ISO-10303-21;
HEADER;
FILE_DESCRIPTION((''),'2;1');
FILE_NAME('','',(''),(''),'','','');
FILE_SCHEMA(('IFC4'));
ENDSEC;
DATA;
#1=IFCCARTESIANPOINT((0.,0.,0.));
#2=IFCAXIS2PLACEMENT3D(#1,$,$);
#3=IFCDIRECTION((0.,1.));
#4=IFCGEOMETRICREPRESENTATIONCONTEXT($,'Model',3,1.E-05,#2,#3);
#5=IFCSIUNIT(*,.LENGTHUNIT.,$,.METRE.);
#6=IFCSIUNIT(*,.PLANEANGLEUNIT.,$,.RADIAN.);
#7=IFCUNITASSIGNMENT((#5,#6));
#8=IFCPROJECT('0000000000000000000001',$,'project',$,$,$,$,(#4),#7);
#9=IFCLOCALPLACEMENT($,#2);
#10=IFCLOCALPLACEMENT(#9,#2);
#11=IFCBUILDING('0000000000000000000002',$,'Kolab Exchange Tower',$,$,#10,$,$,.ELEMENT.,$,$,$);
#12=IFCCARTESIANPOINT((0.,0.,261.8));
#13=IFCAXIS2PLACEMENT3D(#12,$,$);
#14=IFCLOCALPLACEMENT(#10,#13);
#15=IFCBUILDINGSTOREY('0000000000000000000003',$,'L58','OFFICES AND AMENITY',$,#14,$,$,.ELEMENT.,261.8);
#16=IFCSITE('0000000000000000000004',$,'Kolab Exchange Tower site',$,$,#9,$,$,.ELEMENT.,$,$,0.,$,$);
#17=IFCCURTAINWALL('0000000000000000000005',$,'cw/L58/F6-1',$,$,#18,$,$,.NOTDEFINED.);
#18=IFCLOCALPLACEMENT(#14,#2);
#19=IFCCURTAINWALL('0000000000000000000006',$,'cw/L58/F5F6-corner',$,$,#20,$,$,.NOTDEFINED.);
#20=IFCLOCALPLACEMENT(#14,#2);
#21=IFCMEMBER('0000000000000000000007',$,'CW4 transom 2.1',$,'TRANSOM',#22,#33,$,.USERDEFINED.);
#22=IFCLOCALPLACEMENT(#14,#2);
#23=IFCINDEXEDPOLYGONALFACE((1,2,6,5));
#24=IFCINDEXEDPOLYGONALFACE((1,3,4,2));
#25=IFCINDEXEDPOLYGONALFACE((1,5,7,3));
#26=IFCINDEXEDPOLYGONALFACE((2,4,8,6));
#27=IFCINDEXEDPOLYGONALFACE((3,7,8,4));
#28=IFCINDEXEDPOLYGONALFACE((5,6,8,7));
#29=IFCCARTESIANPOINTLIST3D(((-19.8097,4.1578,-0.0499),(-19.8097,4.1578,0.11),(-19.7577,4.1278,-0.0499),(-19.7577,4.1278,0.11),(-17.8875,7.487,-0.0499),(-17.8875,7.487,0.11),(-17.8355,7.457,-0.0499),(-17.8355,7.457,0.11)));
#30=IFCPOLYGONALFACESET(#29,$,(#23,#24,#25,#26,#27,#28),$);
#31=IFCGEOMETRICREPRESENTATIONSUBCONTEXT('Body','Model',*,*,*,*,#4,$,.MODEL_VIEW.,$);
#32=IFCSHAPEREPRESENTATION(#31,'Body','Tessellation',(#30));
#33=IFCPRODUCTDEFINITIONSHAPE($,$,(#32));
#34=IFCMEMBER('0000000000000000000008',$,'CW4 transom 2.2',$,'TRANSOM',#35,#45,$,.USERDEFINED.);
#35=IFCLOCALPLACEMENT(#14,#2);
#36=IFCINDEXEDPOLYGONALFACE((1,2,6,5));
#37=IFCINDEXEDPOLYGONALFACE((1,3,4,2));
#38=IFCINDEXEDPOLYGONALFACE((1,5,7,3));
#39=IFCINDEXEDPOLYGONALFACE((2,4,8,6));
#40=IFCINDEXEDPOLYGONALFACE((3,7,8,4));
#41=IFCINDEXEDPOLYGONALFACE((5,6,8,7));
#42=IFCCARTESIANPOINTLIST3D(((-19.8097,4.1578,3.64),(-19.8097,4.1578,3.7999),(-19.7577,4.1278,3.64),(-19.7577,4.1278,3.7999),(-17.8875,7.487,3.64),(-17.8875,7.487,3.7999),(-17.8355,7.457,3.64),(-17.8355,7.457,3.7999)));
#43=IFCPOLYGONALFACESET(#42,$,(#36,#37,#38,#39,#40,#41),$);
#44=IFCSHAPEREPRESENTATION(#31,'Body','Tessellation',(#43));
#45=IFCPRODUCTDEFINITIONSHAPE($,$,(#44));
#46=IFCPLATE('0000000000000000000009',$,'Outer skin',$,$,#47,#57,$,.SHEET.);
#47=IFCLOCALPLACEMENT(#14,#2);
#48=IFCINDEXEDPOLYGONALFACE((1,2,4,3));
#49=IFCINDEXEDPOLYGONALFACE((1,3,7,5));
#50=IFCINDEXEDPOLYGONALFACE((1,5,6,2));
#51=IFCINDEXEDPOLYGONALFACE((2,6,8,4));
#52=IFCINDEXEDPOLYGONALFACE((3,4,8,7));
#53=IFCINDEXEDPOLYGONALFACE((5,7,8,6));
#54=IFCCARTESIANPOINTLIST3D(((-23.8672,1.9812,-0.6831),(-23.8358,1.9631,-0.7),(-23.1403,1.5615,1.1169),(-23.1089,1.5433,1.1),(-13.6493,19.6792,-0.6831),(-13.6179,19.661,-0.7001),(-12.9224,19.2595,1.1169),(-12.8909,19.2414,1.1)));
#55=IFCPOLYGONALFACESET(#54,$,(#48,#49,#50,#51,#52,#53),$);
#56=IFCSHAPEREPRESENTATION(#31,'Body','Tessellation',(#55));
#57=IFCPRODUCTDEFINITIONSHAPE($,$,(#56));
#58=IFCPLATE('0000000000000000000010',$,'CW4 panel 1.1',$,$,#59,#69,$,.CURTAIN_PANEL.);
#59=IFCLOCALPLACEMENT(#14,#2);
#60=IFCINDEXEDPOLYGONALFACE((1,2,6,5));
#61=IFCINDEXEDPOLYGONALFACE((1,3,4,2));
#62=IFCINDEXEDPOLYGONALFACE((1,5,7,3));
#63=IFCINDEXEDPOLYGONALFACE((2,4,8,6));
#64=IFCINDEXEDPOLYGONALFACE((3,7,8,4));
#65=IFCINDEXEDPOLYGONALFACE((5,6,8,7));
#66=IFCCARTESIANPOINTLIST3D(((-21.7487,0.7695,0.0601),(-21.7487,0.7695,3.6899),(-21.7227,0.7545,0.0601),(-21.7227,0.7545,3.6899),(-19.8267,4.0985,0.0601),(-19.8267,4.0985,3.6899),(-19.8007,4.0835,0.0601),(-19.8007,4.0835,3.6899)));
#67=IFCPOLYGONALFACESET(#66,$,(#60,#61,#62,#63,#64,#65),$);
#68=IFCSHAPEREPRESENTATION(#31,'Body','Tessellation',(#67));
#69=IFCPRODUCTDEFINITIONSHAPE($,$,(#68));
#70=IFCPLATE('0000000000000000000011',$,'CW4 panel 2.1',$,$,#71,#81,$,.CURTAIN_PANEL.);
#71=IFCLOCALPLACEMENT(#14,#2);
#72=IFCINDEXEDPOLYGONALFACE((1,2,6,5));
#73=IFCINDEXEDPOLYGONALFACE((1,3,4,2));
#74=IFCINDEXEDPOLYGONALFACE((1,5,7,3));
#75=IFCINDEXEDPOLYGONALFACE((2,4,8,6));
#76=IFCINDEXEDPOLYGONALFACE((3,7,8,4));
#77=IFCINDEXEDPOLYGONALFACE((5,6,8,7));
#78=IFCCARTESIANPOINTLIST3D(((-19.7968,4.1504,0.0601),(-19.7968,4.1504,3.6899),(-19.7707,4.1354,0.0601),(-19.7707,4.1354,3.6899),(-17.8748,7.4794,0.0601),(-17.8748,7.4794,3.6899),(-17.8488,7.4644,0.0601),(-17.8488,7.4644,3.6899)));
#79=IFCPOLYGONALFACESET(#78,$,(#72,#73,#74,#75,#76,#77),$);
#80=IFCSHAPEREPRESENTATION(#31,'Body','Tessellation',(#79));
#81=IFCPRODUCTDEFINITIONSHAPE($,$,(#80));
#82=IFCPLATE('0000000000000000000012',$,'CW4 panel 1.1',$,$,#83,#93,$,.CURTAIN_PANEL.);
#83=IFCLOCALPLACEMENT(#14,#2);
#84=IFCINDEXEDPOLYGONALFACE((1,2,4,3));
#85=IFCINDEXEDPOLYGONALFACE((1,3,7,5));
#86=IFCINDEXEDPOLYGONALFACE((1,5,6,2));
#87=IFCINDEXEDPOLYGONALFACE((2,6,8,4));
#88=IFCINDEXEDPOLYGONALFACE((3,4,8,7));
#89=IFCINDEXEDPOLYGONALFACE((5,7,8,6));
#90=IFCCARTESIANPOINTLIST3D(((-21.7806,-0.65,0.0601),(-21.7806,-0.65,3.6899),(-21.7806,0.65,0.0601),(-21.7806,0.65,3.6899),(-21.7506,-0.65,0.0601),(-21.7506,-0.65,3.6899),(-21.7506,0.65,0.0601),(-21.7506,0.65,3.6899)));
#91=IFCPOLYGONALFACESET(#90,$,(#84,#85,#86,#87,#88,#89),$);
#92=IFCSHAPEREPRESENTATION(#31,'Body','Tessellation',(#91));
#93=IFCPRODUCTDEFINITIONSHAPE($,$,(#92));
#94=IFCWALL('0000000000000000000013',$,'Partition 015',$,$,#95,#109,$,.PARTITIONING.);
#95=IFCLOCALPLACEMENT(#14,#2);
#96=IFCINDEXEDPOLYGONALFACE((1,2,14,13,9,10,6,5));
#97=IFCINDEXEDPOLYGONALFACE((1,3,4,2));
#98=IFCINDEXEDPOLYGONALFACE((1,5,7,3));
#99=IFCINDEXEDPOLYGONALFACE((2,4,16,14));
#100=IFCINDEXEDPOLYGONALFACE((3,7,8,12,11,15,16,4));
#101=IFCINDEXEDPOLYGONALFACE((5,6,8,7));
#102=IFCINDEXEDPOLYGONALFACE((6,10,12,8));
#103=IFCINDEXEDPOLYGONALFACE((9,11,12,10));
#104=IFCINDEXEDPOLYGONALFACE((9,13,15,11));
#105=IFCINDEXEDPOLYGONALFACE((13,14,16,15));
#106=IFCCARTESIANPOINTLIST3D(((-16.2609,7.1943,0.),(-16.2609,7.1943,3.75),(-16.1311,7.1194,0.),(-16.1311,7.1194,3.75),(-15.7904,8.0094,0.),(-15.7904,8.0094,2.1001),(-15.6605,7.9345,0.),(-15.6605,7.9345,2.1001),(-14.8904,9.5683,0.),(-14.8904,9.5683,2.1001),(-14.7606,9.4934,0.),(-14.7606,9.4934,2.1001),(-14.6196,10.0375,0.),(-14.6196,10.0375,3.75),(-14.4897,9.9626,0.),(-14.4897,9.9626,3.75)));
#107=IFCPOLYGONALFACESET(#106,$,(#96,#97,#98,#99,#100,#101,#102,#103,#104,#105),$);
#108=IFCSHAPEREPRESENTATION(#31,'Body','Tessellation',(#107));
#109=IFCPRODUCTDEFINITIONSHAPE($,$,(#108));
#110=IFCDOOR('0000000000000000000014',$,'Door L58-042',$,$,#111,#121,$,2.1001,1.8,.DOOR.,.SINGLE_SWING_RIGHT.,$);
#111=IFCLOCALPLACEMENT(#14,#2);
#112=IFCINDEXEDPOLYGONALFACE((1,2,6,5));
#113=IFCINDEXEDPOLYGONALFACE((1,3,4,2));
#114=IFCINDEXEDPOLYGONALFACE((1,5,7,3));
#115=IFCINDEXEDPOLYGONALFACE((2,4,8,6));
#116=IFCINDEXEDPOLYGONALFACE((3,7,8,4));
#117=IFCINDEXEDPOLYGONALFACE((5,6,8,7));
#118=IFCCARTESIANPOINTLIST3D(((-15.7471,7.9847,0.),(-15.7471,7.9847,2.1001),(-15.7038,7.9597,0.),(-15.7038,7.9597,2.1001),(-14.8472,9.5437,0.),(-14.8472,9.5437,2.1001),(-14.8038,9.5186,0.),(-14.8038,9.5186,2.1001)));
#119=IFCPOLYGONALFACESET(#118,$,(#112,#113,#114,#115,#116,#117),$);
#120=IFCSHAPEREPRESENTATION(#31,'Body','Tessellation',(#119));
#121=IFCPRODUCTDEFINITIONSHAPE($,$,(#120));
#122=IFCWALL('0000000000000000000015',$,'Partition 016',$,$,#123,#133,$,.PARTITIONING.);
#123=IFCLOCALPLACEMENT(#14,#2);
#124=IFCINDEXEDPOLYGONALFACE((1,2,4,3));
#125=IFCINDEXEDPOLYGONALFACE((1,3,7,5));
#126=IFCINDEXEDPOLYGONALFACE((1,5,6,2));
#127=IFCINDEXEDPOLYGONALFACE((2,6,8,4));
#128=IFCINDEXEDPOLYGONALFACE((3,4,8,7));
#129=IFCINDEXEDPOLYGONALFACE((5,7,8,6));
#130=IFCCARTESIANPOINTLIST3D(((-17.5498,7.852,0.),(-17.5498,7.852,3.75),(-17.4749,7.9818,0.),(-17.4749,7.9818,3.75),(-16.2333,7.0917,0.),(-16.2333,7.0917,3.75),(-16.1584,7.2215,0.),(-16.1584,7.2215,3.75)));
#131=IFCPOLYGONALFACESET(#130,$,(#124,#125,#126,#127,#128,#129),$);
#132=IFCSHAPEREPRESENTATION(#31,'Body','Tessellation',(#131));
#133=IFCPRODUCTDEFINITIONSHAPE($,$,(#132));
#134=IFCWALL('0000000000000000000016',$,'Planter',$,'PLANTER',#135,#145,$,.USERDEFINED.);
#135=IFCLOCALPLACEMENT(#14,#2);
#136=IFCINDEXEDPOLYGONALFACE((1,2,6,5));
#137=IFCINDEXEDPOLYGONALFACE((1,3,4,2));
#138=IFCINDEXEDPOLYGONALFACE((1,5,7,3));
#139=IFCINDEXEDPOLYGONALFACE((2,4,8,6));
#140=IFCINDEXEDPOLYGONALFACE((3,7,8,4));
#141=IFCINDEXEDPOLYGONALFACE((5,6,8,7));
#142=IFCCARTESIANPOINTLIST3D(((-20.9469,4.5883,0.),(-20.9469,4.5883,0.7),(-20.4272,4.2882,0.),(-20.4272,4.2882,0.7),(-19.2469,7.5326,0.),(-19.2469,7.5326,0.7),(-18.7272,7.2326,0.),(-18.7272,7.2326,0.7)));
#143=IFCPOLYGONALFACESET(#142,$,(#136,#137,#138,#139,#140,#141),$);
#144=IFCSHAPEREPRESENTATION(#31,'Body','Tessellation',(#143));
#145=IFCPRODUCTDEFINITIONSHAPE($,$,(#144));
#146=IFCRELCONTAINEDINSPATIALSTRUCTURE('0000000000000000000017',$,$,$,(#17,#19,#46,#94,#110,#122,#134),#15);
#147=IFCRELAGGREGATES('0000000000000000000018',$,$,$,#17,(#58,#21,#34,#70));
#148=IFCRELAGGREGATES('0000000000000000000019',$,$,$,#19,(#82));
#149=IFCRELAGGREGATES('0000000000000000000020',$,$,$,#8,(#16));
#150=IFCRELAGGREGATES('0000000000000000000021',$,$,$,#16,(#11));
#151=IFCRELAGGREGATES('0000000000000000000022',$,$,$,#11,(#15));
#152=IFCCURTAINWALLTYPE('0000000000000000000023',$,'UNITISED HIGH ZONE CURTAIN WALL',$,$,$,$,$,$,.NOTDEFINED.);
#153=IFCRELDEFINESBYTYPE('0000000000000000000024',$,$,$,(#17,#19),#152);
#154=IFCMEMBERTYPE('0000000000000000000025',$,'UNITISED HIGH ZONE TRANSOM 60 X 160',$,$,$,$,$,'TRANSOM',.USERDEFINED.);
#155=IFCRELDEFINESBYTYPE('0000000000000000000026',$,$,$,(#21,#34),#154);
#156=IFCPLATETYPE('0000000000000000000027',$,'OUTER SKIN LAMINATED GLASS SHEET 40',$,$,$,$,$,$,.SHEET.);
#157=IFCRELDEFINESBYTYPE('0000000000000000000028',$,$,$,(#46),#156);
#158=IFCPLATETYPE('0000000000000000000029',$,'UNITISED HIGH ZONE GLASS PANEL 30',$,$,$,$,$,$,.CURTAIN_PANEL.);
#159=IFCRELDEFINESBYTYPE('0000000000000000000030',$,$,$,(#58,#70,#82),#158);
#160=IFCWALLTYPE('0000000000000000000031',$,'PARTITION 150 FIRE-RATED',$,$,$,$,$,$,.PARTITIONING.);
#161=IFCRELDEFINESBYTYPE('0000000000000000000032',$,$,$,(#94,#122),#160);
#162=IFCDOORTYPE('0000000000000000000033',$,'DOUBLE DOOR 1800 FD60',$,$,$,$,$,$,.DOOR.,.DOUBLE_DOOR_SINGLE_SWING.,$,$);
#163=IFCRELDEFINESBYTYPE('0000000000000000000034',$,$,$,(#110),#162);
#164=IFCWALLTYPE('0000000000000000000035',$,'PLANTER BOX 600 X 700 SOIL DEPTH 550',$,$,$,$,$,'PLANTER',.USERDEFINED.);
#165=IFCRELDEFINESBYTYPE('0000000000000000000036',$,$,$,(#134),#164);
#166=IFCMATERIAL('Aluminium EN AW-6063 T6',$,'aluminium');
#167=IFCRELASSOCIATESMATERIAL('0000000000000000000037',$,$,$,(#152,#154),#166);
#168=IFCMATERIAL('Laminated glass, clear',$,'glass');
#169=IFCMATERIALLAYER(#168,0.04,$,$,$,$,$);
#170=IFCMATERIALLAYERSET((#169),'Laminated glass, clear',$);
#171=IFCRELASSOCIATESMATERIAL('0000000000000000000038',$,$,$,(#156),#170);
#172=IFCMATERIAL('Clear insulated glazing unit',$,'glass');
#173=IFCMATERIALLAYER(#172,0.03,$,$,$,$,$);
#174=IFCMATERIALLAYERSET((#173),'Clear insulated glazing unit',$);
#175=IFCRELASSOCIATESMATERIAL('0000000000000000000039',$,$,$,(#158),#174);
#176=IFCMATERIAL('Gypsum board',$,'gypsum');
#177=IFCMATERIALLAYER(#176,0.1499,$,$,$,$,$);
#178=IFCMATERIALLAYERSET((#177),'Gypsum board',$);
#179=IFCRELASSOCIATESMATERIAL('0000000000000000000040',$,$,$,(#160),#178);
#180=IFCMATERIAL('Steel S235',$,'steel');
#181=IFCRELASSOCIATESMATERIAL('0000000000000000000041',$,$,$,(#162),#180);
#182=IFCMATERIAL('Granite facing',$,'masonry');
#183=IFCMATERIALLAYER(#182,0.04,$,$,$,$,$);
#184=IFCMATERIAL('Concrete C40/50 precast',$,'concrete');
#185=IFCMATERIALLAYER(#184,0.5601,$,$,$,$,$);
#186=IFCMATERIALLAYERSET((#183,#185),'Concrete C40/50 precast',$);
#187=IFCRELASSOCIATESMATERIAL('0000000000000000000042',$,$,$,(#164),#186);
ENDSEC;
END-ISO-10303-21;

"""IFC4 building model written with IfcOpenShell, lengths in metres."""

from ifc_helpers import new_model, si_unit, direction, frame, frame_2d, origin, origin_2d, place, context, subcontext, project, spatial, polyline, rectangle, outline, extrude, material, layer, layer_set, material_profile, profile_set, type_object, element, fill, aggregate, save


model = new_model("IFC4")

# Units and contexts
model_context = context("Model", 3, precision=1e-05, world=origin(), true_north=direction((0.0, 1.0)))
body_context = subcontext(model_context, "Body", "Model", "MODEL_VIEW")
ifc_project = project(units=[si_unit("LENGTHUNIT", "METRE"), si_unit("PLANEANGLEUNIT", "RADIAN")], contexts=[model_context])

# Site, building, storey
site_placement = place(None, origin())
site = spatial("IfcSite", under=ifc_project, at=site_placement, Name="Kolab Exchange Tower site", CompositionType="ELEMENT", RefElevation=0.0)
building_placement = place(site_placement, origin())
building = spatial("IfcBuilding", under=site, at=building_placement, Name="Kolab Exchange Tower", CompositionType="ELEMENT")
storey_placement = place(building_placement, frame((0.0, 0.0, 261.8)))
storey = spatial("IfcBuildingStorey", under=building, at=storey_placement, Name="L58", Description="OFFICES AND AMENITY", CompositionType="ELEMENT", Elevation=261.8)

# Curtain wall
ifc_material_1 = material(Name="Aluminium EN AW-6063 T6", Category="aluminium")
curtain_wall_type = type_object("IfcCurtainWallType", Name="UNITISED HIGH ZONE CURTAIN WALL", PredefinedType="NOTDEFINED", material=ifc_material_1)
curtain_wall_1_placement = place(storey_placement, origin())
curtain_wall_1 = element("IfcCurtainWall", 1, at=curtain_wall_1_placement, inside=storey, type_object=curtain_wall_type, Name="cw/L58/F6-1", PredefinedType="NOTDEFINED")

# Curtain wall
curtain_wall_2_placement = place(storey_placement, origin())
curtain_wall_2 = element("IfcCurtainWall", 2, at=curtain_wall_2_placement, inside=storey, type_object=curtain_wall_type, Name="cw/L58/F5F6-corner", PredefinedType="NOTDEFINED")

# Members
ifc_material_profile_1 = material_profile(ifc_material_1, rectangle(XDim=0.0601, YDim=0.1599, at=origin_2d()), Name="RECT 60X160")
ifc_profile_set_1 = profile_set([ifc_material_profile_1], Name="Aluminium EN AW-6063 T6")
member_type_1 = type_object("IfcMemberType", Name="UNITISED HIGH ZONE TRANSOM 60 X 160", ElementType="TRANSOM", PredefinedType="USERDEFINED", material=ifc_profile_set_1)
member_1_placement = place(storey_placement, frame((-19.7837, 4.1428, 0.03), z_axis=(0.500012, 0.866018, 0.0), x_axis=(-0.866018, 0.500012, 0.0)))
member_1 = element("IfcMember", 3, at=member_1_placement, type_object=member_type_1, Name="CW4 transom 2.1", ObjectType="TRANSOM", PredefinedType="USERDEFINED", context=body_context, shape_type="SweptSolid", body=[
    extrude(rectangle(XDim=0.0601, YDim=0.1599, at=origin_2d()), origin(), (0.0, 0.0, 1.0), 3.8442),
])
member_2_placement = place(storey_placement, frame((-19.7837, 4.1428, 3.72), z_axis=(0.500012, 0.866018, 0.0), x_axis=(-0.866018, 0.500012, 0.0)))
member_2 = element("IfcMember", 4, at=member_2_placement, type_object=member_type_1, Name="CW4 transom 2.2", ObjectType="TRANSOM", PredefinedType="USERDEFINED", context=body_context, shape_type="SweptSolid", body=[
    extrude(rectangle(XDim=0.0601, YDim=0.1599, at=origin_2d()), origin(), (0.0, 0.0, 1.0), 3.8442),
])

# Plates
ifc_material_2 = material(Name="Laminated glass, clear", Category="glass")
ifc_layer_1 = layer(ifc_material_2, 0.04)
ifc_layer_set_1 = layer_set([ifc_layer_1], Name="Laminated glass, clear")
plate_type_1 = type_object("IfcPlateType", Name="OUTER SKIN LAMINATED GLASS SHEET 40", PredefinedType="SHEET", material=ifc_layer_set_1)
plate_1_placement = place(storey_placement, frame((-23.8672, 1.9812, -0.6831), z_axis=(-0.784886, 0.453152, 0.422619), x_axis=(0.499997, 0.866027, -0.000002)))
element("IfcPlate", 5, at=plate_1_placement, inside=storey, type_object=plate_type_1, Name="Outer skin", PredefinedType="SHEET", context=body_context, shape_type="SweptSolid", body=[
    extrude(outline(polyline([(0.0, 0.0), (20.4358, 0.0), (20.4359, -1.9862), (-0.0001, -1.9861), (0.0, 0.0)])), origin(), (0.0, 0.0, -1.0), 0.04),
])
ifc_material_3 = material(Name="Clear insulated glazing unit", Category="glass")
ifc_layer_2 = layer(ifc_material_3, 0.03)
ifc_layer_set_2 = layer_set([ifc_layer_2], Name="Clear insulated glazing unit")
plate_type_2 = type_object("IfcPlateType", Name="UNITISED HIGH ZONE GLASS PANEL 30", PredefinedType="CURTAIN_PANEL", material=ifc_layer_set_2)
plate_2_placement = place(storey_placement, frame((-20.7747, 2.4265, 0.0601), z_axis=(0.0, 0.0, 1.0), x_axis=(0.5, 0.866025, 0.0)))
plate_2 = element("IfcPlate", 6, at=plate_2_placement, type_object=plate_type_2, Name="CW4 panel 1.1", PredefinedType="CURTAIN_PANEL", context=body_context, shape_type="SweptSolid", body=[
    extrude(rectangle(XDim=3.844, YDim=0.03, at=origin_2d()), origin(), (0.0, 0.0, 1.0), 3.6299),
])
plate_3_placement = place(storey_placement, frame((-18.8228, 5.8074, 0.0601), z_axis=(0.0, 0.0, 1.0), x_axis=(0.5, 0.866025, 0.0)))
plate_3 = element("IfcPlate", 7, at=plate_3_placement, type_object=plate_type_2, Name="CW4 panel 2.1", PredefinedType="CURTAIN_PANEL", context=body_context, shape_type="SweptSolid", body=[
    extrude(rectangle(XDim=3.844, YDim=0.03, at=origin_2d()), origin(), (0.0, 0.0, 1.0), 3.6299),
])
aggregate(curtain_wall_1, [plate_2, member_1, member_2, plate_3])
plate_4_placement = place(storey_placement, frame((-21.7656, 0.0, 0.0601), z_axis=(0.0, 0.0, 1.0), x_axis=(0.0, 1.0, 0.0)))
plate_4 = element("IfcPlate", 8, at=plate_4_placement, type_object=plate_type_2, Name="CW4 panel 1.1", PredefinedType="CURTAIN_PANEL", context=body_context, shape_type="SweptSolid", body=[
    extrude(rectangle(XDim=1.3, YDim=0.03, at=origin_2d()), origin(), (0.0, 0.0, 1.0), 3.6299),
])
aggregate(curtain_wall_2, [plate_4])

# Wall, opening, door
ifc_material_4 = material(Name="Gypsum board", Category="gypsum")
ifc_layer_3 = layer(ifc_material_4, 0.1499)
ifc_layer_set_3 = layer_set([ifc_layer_3], Name="Gypsum board")
wall_type_1 = type_object("IfcWallType", Name="PARTITION 150 FIRE-RATED", PredefinedType="PARTITIONING", material=ifc_layer_set_3)
wall_1_placement = place(storey_placement, frame((-16.196, 7.1567, 0.0), z_axis=(0.0, 0.0, 1.0), x_axis=(0.499954, 0.866052, 0.0)))
wall_1 = element("IfcWall", 9, at=wall_1_placement, inside=storey, type_object=wall_type_1, Name="Partition 015", PredefinedType="PARTITIONING", context=body_context, shape_type="SweptSolid", body=[
    extrude(rectangle(XDim=3.283, YDim=0.1499, at=frame_2d((1.6416, 0.0))), origin(), (0.0, 0.0, 1.0), 3.75),
])
opening_1_placement = place(wall_1_placement, frame((0.9414, 0.0, 0.0)))
opening_1 = element("IfcOpeningElement", 10, at=opening_1_placement, cuts=wall_1, PredefinedType="OPENING", context=body_context, shape_type="SweptSolid", body=[
    extrude(rectangle(XDim=1.8, YDim=2.1001, at=frame_2d((0.8999, 1.05))), frame((0.0, 0.085, 0.0), z_axis=(0.0, -1.0, 0.0), x_axis=(1.0, 0.0, 0.0)), (0.0, 0.0, 1.0), 0.1699),
])
ifc_material_5 = material(Name="Steel S235", Category="steel")
door_type_1 = type_object("IfcDoorType", Name="DOUBLE DOOR 1800 FD60", OperationType="DOUBLE_DOOR_SINGLE_SWING", PredefinedType="DOOR", material=ifc_material_5)
door_1_placement = place(opening_1_placement, frame((1.8, 0.0, 0.0), z_axis=(0.0, 0.0, 1.0), x_axis=(-1.0, 0.0, 0.0)))
door_1 = element("IfcDoor", 11, at=door_1_placement, inside=storey, type_object=door_type_1, Name="Door L58-042", OperationType="SINGLE_SWING_RIGHT", OverallHeight=2.1001, OverallWidth=1.8, PredefinedType="DOOR", context=body_context, shape_type="SweptSolid", body=[
    extrude(rectangle(XDim=1.8, YDim=2.1001, at=frame_2d((0.8999, 1.05))), frame((0.0, 0.0249, 0.0), z_axis=(0.0, -1.0, 0.0), x_axis=(1.0, 0.0, 0.0)), (0.0, 0.0, 1.0), 0.05),
])
fill(opening_1, door_1)

# Walls
wall_2_placement = place(storey_placement, frame((-17.5125, 7.917, 0.0), z_axis=(0.0, 0.0, 1.0), x_axis=(0.865961, -0.500112, 0.0)))
element("IfcWall", 12, at=wall_2_placement, inside=storey, type_object=wall_type_1, Name="Partition 016", PredefinedType="PARTITIONING", context=body_context, shape_type="SweptSolid", body=[
    extrude(rectangle(XDim=1.5203, YDim=0.1499, at=frame_2d((0.7603, 0.0))), origin(), (0.0, 0.0, 1.0), 3.75),
])
ifc_material_6 = material(Name="Granite facing", Category="masonry")
ifc_layer_4 = layer(ifc_material_6, 0.04)
ifc_material_7 = material(Name="Concrete C40/50 precast", Category="concrete")
ifc_layer_5 = layer(ifc_material_7, 0.5601)
ifc_layer_set_4 = layer_set([ifc_layer_4, ifc_layer_5], Name="Concrete C40/50 precast")
wall_type_2 = type_object("IfcWallType", Name="PLANTER BOX 600 X 700 SOIL DEPTH 550", ElementType="PLANTER", PredefinedType="USERDEFINED", material=ifc_layer_set_4)
wall_3_placement = place(storey_placement, frame((-20.687, 4.4382, 0.0), z_axis=(0.0, 0.0, 1.0), x_axis=(0.500008, 0.866021, 0.0)))
element("IfcWall", 13, at=wall_3_placement, inside=storey, type_object=wall_type_2, Name="Planter", ObjectType="PLANTER", PredefinedType="USERDEFINED", context=body_context, shape_type="SweptSolid", body=[
    extrude(rectangle(XDim=3.3999, YDim=0.6001, at=frame_2d((1.7, 0.0))), origin(), (0.0, 0.0, 1.0), 0.7),
])

save(model, "model.ifc")
